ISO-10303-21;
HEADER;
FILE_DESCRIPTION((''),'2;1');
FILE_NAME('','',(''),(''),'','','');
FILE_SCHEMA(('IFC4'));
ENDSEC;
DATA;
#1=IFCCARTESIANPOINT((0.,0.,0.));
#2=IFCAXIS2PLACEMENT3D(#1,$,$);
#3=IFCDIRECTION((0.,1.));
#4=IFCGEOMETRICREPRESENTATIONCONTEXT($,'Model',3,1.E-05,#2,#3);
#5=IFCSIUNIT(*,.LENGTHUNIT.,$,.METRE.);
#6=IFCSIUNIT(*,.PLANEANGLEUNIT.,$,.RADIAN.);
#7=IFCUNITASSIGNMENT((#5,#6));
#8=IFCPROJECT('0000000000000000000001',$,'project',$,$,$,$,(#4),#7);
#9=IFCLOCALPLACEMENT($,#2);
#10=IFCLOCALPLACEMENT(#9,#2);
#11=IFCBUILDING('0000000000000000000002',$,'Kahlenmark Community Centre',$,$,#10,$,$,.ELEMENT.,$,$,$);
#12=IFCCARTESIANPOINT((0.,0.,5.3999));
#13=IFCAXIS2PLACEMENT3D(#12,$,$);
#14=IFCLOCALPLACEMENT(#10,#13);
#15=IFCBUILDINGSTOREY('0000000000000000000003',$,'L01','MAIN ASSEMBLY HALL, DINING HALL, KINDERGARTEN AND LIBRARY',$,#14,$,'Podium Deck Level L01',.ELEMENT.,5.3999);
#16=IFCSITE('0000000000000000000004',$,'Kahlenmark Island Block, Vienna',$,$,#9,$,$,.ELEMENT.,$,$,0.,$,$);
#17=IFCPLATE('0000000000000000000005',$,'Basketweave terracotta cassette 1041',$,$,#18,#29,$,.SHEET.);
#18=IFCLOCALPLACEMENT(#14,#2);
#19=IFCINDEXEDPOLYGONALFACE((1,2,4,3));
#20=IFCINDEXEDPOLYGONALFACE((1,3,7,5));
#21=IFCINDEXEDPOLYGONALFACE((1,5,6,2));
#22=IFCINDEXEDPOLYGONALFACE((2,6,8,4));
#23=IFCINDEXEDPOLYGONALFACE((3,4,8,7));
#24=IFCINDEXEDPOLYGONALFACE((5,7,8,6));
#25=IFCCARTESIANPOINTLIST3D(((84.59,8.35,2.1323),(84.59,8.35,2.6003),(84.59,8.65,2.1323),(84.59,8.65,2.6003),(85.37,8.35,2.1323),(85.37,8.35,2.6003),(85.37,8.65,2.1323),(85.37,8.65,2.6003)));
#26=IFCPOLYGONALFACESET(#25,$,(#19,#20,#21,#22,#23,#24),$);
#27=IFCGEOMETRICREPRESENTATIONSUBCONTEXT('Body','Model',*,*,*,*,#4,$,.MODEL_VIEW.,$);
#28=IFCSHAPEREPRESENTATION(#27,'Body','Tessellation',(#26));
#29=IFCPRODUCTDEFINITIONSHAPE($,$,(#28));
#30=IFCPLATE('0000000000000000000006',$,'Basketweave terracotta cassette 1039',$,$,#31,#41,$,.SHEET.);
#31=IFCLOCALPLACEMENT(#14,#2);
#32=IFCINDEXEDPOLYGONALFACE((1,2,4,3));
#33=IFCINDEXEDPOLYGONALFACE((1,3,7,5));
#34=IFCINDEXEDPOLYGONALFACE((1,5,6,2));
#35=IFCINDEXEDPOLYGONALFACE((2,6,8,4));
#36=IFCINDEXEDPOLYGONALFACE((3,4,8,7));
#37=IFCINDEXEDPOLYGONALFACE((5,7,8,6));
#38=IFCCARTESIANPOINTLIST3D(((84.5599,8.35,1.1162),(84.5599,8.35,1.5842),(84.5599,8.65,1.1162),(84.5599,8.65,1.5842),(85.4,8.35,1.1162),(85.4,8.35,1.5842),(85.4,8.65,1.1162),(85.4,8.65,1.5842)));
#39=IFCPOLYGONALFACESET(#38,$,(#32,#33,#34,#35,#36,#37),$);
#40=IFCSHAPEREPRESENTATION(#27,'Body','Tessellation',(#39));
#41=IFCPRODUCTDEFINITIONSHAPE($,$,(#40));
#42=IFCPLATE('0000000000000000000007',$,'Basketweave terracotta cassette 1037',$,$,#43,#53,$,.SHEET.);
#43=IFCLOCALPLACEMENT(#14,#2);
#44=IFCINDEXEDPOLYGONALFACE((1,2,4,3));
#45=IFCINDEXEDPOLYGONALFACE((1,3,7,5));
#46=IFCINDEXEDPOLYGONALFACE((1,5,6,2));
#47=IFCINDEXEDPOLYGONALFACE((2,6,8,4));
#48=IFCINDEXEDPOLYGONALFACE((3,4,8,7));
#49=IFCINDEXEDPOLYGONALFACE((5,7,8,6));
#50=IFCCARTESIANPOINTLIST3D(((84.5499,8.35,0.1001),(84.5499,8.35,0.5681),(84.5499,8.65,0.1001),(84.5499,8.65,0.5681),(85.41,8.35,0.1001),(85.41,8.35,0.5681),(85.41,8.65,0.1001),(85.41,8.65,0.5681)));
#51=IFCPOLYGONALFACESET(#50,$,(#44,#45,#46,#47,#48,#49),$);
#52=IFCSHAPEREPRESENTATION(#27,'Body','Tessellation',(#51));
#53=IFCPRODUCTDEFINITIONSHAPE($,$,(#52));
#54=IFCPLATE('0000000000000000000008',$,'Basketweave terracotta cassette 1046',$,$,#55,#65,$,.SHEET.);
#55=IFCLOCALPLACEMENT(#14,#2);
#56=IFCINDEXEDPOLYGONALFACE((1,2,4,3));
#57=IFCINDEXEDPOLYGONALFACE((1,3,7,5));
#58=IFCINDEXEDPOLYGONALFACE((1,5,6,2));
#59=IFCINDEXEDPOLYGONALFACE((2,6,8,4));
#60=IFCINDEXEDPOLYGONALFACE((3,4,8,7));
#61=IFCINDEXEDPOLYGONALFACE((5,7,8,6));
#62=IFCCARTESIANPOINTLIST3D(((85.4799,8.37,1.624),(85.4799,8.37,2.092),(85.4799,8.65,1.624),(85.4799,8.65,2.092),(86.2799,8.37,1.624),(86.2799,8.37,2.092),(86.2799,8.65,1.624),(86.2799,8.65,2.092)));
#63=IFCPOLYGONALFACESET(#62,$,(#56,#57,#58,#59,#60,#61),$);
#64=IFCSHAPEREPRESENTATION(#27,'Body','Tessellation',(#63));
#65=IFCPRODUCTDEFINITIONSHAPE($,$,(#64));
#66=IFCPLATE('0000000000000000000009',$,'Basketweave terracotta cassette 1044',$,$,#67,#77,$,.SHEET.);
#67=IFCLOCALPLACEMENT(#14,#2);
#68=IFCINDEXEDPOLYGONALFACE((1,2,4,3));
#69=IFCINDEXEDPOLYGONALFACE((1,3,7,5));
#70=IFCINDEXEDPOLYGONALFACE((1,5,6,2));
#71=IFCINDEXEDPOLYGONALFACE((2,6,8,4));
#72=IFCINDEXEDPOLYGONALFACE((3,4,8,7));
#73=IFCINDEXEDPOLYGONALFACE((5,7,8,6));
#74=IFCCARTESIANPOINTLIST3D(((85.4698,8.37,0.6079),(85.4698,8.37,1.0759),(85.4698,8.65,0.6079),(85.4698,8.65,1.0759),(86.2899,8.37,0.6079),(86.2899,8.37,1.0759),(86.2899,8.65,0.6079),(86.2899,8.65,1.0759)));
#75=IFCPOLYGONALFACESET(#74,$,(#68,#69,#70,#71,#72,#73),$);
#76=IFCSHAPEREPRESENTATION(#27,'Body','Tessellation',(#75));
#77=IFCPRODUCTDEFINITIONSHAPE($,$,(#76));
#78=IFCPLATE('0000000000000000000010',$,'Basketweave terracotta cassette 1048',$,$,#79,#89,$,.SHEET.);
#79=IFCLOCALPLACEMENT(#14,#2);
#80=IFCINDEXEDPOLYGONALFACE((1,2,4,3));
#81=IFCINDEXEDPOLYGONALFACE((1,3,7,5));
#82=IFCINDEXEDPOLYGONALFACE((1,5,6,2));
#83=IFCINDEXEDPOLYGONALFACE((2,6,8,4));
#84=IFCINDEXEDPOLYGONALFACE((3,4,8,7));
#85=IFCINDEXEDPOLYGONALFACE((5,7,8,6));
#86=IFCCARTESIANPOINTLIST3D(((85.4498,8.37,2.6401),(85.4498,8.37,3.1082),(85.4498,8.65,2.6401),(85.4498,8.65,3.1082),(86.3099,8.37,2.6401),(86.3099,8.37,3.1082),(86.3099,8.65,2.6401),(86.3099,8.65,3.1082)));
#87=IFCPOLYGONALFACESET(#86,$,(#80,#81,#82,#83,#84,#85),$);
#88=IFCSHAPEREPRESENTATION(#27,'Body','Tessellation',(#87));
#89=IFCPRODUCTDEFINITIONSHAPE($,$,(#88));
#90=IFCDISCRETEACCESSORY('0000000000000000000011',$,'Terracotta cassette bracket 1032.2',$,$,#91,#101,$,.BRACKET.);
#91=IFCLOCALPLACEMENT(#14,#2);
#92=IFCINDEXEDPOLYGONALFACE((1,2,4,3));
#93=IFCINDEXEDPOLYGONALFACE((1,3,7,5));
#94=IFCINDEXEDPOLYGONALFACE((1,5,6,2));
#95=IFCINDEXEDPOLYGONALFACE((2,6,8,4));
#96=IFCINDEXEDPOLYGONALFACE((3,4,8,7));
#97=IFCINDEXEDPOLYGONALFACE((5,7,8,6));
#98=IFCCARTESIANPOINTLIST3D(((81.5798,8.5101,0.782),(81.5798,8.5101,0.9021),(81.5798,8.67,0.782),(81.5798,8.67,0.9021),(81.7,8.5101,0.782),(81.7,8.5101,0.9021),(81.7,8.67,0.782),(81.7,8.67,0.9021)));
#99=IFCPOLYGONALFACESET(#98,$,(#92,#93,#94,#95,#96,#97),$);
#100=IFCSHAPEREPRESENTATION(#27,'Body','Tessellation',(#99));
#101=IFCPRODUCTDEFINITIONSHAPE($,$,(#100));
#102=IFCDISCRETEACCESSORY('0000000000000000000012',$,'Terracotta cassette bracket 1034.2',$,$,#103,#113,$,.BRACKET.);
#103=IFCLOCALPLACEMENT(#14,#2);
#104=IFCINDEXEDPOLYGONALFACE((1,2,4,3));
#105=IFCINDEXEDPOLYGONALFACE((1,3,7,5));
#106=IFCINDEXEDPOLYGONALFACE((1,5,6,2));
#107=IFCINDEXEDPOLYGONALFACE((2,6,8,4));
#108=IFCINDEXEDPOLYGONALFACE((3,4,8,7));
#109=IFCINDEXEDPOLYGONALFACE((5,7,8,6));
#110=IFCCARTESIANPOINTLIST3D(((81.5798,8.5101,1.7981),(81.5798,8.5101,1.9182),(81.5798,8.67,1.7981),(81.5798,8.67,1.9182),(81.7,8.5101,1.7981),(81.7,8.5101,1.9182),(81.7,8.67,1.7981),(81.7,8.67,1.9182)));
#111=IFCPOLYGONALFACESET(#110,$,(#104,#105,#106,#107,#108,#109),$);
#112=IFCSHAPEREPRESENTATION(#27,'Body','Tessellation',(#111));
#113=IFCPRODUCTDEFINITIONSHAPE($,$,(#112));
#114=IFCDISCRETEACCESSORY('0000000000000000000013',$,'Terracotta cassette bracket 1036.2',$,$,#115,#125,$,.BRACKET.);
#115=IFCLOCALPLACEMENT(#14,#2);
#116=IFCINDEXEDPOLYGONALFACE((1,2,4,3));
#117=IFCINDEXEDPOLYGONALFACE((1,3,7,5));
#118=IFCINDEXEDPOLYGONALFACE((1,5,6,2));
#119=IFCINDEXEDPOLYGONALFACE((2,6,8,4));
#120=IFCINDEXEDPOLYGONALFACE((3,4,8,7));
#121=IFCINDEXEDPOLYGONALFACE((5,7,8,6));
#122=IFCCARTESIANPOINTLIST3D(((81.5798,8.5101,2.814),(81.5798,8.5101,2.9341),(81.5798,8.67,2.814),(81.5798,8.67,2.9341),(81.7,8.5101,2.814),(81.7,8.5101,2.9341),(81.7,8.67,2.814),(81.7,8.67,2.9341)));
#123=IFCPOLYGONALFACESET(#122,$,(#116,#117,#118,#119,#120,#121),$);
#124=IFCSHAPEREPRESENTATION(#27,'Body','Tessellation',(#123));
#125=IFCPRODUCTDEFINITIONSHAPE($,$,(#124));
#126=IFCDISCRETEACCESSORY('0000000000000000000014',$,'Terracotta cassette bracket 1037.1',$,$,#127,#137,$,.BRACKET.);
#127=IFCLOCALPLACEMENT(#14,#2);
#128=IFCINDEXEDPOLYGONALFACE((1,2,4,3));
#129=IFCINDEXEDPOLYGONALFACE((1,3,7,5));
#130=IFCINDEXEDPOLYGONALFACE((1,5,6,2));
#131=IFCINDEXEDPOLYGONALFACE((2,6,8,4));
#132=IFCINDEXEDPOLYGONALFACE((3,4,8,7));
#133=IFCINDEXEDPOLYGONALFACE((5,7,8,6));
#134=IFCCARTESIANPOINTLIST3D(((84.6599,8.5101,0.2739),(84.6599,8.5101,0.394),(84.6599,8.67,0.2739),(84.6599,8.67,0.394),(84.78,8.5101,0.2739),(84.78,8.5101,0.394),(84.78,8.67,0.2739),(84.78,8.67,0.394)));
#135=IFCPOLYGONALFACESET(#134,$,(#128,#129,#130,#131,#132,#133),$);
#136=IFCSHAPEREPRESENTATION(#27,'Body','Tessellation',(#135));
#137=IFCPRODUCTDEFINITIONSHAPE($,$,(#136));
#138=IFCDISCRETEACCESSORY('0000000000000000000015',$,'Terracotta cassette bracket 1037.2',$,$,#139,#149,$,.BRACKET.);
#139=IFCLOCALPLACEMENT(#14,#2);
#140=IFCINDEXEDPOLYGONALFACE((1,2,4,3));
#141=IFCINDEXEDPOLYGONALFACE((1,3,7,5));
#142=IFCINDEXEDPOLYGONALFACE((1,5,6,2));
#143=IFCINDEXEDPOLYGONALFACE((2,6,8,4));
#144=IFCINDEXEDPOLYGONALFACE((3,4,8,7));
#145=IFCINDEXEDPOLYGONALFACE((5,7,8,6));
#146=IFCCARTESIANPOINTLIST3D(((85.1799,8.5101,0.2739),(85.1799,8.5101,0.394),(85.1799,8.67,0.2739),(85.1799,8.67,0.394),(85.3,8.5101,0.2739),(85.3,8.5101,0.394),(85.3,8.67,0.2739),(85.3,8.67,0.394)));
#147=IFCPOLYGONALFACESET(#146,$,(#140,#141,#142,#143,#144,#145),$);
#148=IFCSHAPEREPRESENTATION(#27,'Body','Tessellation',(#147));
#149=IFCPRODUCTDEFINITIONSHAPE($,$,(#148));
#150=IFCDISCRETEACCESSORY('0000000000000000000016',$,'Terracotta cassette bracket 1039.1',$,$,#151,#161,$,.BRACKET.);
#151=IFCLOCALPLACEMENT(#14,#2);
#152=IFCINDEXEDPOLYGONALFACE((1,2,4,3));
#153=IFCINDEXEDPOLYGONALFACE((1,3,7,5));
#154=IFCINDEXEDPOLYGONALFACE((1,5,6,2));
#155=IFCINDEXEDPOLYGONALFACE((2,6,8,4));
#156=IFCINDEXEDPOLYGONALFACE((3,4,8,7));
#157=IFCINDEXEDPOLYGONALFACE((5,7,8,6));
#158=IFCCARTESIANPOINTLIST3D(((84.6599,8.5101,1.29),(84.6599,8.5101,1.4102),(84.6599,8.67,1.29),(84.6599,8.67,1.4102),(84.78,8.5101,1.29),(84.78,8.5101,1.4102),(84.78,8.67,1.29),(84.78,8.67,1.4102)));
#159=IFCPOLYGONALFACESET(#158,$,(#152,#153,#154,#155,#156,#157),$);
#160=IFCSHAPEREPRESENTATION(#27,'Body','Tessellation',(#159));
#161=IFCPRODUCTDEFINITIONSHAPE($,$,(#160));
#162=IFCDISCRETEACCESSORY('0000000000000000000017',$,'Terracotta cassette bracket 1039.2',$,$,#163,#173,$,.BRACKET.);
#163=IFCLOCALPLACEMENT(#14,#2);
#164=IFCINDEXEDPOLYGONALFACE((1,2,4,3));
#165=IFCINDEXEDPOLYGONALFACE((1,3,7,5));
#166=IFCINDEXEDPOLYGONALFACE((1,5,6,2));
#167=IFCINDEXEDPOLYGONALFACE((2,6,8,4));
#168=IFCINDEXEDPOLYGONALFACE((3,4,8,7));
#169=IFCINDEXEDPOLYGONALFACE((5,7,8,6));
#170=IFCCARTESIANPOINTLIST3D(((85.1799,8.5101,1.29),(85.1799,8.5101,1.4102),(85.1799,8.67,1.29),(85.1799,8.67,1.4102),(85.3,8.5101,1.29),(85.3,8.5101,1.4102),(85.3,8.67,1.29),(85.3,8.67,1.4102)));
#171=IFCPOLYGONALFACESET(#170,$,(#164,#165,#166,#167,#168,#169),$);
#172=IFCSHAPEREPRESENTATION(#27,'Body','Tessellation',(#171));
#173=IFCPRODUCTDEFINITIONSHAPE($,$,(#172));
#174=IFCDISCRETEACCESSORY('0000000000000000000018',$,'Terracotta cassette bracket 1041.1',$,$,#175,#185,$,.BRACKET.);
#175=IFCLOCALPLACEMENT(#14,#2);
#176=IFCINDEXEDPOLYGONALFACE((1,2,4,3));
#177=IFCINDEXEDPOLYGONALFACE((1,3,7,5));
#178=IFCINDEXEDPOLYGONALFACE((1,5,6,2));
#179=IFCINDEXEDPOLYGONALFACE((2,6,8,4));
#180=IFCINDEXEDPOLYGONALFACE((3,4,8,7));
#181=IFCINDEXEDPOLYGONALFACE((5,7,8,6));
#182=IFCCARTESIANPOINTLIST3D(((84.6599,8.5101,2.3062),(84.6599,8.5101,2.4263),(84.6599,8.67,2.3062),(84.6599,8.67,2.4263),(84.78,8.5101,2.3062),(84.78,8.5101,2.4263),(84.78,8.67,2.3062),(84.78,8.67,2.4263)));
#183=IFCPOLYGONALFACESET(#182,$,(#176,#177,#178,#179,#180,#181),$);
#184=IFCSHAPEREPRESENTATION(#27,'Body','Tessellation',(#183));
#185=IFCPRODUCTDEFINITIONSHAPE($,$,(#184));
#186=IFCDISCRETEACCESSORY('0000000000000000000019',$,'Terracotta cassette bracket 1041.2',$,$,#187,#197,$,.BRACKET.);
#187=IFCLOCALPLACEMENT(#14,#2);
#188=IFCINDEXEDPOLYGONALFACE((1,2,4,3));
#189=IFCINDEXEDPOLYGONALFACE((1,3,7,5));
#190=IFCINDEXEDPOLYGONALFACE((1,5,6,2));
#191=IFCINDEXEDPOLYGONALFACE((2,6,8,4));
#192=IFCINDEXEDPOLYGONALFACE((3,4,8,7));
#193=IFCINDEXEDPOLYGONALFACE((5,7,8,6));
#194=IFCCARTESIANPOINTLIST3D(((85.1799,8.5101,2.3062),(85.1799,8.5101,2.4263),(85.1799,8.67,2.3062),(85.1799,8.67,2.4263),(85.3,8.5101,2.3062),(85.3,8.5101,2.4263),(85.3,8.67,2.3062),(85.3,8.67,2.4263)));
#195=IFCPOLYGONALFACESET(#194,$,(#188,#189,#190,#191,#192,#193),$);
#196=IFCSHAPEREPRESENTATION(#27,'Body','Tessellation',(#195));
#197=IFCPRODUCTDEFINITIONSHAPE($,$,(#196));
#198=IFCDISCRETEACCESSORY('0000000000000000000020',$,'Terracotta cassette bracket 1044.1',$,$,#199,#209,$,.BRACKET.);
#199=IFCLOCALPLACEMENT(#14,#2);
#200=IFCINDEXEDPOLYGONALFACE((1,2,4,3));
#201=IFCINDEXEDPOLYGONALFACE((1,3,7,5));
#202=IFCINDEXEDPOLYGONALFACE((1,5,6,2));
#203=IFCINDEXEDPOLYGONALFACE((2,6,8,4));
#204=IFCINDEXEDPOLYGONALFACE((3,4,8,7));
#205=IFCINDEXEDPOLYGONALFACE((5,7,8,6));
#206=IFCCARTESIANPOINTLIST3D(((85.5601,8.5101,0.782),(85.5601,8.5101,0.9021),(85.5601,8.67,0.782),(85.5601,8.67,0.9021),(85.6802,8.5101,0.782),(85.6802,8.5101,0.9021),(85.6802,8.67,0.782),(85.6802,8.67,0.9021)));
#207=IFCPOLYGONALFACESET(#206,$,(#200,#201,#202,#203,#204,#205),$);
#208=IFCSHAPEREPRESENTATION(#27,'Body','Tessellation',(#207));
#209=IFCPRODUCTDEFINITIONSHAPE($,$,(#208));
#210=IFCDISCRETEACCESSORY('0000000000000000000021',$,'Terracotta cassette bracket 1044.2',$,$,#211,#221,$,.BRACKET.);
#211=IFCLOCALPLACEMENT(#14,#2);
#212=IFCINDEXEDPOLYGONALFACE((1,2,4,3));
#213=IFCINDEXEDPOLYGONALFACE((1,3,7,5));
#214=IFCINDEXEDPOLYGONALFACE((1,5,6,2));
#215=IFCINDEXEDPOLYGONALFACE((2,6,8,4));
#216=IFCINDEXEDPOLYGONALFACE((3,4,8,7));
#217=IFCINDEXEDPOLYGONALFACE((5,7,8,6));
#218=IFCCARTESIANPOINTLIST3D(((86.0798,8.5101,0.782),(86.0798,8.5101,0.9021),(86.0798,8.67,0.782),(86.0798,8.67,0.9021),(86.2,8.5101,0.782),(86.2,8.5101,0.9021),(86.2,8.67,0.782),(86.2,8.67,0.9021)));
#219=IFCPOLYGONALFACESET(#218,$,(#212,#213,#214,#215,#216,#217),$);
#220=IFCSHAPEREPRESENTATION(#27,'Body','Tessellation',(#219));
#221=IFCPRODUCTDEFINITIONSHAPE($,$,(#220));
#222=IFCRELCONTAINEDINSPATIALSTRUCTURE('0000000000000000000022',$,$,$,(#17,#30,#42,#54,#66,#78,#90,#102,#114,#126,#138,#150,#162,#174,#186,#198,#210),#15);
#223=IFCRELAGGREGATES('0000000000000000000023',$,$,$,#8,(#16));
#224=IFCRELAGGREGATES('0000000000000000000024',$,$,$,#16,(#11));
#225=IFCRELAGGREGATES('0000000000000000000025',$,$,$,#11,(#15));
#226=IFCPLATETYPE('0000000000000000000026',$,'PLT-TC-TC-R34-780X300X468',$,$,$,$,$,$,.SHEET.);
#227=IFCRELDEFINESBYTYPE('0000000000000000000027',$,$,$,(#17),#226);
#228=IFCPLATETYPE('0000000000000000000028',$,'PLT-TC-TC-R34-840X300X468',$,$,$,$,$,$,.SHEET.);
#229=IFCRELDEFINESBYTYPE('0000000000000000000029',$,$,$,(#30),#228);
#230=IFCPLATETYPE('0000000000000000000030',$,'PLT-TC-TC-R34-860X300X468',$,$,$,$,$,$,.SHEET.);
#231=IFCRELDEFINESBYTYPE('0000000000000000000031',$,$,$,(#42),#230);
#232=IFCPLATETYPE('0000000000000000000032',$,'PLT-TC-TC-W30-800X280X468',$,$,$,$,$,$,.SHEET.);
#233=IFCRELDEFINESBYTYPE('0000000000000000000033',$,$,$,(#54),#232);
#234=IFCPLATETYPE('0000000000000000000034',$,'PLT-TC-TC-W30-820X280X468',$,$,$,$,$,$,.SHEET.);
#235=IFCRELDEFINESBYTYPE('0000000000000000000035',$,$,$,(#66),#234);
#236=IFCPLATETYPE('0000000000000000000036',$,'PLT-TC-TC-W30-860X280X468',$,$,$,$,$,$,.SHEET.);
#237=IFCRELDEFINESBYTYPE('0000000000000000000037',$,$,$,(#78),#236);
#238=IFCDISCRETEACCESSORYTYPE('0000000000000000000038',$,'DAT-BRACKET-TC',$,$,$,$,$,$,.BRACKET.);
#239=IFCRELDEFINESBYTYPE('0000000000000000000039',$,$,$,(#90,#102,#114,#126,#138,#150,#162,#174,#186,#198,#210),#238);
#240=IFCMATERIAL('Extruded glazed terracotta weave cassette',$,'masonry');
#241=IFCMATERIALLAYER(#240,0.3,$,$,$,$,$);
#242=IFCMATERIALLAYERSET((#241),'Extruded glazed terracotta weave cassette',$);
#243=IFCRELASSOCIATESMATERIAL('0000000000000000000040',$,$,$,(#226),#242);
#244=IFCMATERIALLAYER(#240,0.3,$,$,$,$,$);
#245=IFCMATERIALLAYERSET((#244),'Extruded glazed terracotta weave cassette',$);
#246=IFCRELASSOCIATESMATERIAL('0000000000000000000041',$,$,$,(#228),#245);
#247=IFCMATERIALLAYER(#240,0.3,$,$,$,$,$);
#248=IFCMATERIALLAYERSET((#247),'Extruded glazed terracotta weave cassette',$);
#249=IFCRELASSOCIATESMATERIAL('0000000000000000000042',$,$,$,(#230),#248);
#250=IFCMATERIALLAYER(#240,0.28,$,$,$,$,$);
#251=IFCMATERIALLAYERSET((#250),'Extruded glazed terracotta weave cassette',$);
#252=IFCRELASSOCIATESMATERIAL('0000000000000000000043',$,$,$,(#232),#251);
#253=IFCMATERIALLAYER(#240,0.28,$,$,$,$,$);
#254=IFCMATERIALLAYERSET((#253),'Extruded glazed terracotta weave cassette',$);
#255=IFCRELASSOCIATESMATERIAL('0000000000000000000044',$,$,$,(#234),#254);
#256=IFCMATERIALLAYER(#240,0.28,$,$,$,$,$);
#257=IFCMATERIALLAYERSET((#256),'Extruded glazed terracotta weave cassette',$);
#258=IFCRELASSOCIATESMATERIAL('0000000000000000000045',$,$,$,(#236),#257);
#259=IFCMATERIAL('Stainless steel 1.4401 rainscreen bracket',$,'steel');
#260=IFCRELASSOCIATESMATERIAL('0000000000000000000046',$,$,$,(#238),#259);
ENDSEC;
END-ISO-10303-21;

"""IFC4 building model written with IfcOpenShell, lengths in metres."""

from ifc_helpers import new_model, si_unit, direction, frame, origin, origin_2d, place, context, subcontext, project, spatial, rectangle, extrude, material, layer, layer_set, type_object, element, save


model = new_model("IFC4")

# Units and contexts
model_context = context("Model", 3, precision=1e-05, world=origin(), true_north=direction((0.0, 1.0)))
body_context = subcontext(model_context, "Body", "Model", "MODEL_VIEW")
ifc_project = project(units=[si_unit("LENGTHUNIT", "METRE"), si_unit("PLANEANGLEUNIT", "RADIAN")], contexts=[model_context])

# Site, building, storey
site_placement = place(None, origin())
site = spatial("IfcSite", under=ifc_project, at=site_placement, Name="Kahlenmark Island Block, Vienna", CompositionType="ELEMENT", RefElevation=0.0)
building_placement = place(site_placement, origin())
building = spatial("IfcBuilding", under=site, at=building_placement, Name="Kahlenmark Community Centre", CompositionType="ELEMENT")
storey_placement = place(building_placement, frame((0.0, 0.0, 5.3999)))
storey = spatial("IfcBuildingStorey", under=building, at=storey_placement, Name="L01", Description="MAIN ASSEMBLY HALL, DINING HALL, KINDERGARTEN AND LIBRARY", LongName="Podium Deck Level L01", CompositionType="ELEMENT", Elevation=5.3999)

# Plates
ifc_material_1 = material(Name="Extruded glazed terracotta weave cassette", Category="masonry")
ifc_layer_1 = layer(ifc_material_1, 0.3)
ifc_layer_set_1 = layer_set([ifc_layer_1], Name="Extruded glazed terracotta weave cassette")
plate_type_1 = type_object("IfcPlateType", Name="PLT-TC-TC-R34-780X300X468", PredefinedType="SHEET", material=ifc_layer_set_1)
plate_1_placement = place(storey_placement, frame((84.98, 8.5, 2.1323), z_axis=(0.0, 0.0, 1.0), x_axis=(1.0, 0.0, 0.0)))
element("IfcPlate", 1, at=plate_1_placement, inside=storey, type_object=plate_type_1, Name="Basketweave terracotta cassette 1041", PredefinedType="SHEET", context=body_context, shape_type="SweptSolid", body=[
    extrude(rectangle(XDim=0.78, YDim=0.3, at=origin_2d()), origin(), (0.0, 0.0, 1.0), 0.468),
])
ifc_layer_2 = layer(ifc_material_1, 0.3)
ifc_layer_set_2 = layer_set([ifc_layer_2], Name="Extruded glazed terracotta weave cassette")
plate_type_2 = type_object("IfcPlateType", Name="PLT-TC-TC-R34-840X300X468", PredefinedType="SHEET", material=ifc_layer_set_2)
plate_2_placement = place(storey_placement, frame((84.98, 8.5, 1.1162), z_axis=(0.0, 0.0, 1.0), x_axis=(1.0, 0.0, 0.0)))
element("IfcPlate", 2, at=plate_2_placement, inside=storey, type_object=plate_type_2, Name="Basketweave terracotta cassette 1039", PredefinedType="SHEET", context=body_context, shape_type="SweptSolid", body=[
    extrude(rectangle(XDim=0.8401, YDim=0.3, at=origin_2d()), origin(), (0.0, 0.0, 1.0), 0.468),
])
ifc_layer_3 = layer(ifc_material_1, 0.3)
ifc_layer_set_3 = layer_set([ifc_layer_3], Name="Extruded glazed terracotta weave cassette")
plate_type_3 = type_object("IfcPlateType", Name="PLT-TC-TC-R34-860X300X468", PredefinedType="SHEET", material=ifc_layer_set_3)
plate_3_placement = place(storey_placement, frame((84.98, 8.5, 0.1001), z_axis=(0.0, 0.0, 1.0), x_axis=(1.0, 0.0, 0.0)))
element("IfcPlate", 3, at=plate_3_placement, inside=storey, type_object=plate_type_3, Name="Basketweave terracotta cassette 1037", PredefinedType="SHEET", context=body_context, shape_type="SweptSolid", body=[
    extrude(rectangle(XDim=0.8601, YDim=0.3, at=origin_2d()), origin(), (0.0, 0.0, 1.0), 0.468),
])
ifc_layer_4 = layer(ifc_material_1, 0.28)
ifc_layer_set_4 = layer_set([ifc_layer_4], Name="Extruded glazed terracotta weave cassette")
plate_type_4 = type_object("IfcPlateType", Name="PLT-TC-TC-W30-800X280X468", PredefinedType="SHEET", material=ifc_layer_set_4)
plate_4_placement = place(storey_placement, frame((85.8799, 8.51, 1.624), z_axis=(0.0, 0.0, 1.0), x_axis=(1.0, 0.0, 0.0)))
element("IfcPlate", 4, at=plate_4_placement, inside=storey, type_object=plate_type_4, Name="Basketweave terracotta cassette 1046", PredefinedType="SHEET", context=body_context, shape_type="SweptSolid", body=[
    extrude(rectangle(XDim=0.8, YDim=0.28, at=origin_2d()), origin(), (0.0, 0.0, 1.0), 0.468),
])
ifc_layer_5 = layer(ifc_material_1, 0.28)
ifc_layer_set_5 = layer_set([ifc_layer_5], Name="Extruded glazed terracotta weave cassette")
plate_type_5 = type_object("IfcPlateType", Name="PLT-TC-TC-W30-820X280X468", PredefinedType="SHEET", material=ifc_layer_set_5)
plate_5_placement = place(storey_placement, frame((85.8799, 8.51, 0.6079), z_axis=(0.0, 0.0, 1.0), x_axis=(1.0, 0.0, 0.0)))
element("IfcPlate", 5, at=plate_5_placement, inside=storey, type_object=plate_type_5, Name="Basketweave terracotta cassette 1044", PredefinedType="SHEET", context=body_context, shape_type="SweptSolid", body=[
    extrude(rectangle(XDim=0.8201, YDim=0.28, at=origin_2d()), origin(), (0.0, 0.0, 1.0), 0.468),
])
ifc_layer_6 = layer(ifc_material_1, 0.28)
ifc_layer_set_6 = layer_set([ifc_layer_6], Name="Extruded glazed terracotta weave cassette")
plate_type_6 = type_object("IfcPlateType", Name="PLT-TC-TC-W30-860X280X468", PredefinedType="SHEET", material=ifc_layer_set_6)
plate_6_placement = place(storey_placement, frame((85.8799, 8.51, 2.6401), z_axis=(0.0, 0.0, 1.0), x_axis=(1.0, 0.0, 0.0)))
element("IfcPlate", 6, at=plate_6_placement, inside=storey, type_object=plate_type_6, Name="Basketweave terracotta cassette 1048", PredefinedType="SHEET", context=body_context, shape_type="SweptSolid", body=[
    extrude(rectangle(XDim=0.8601, YDim=0.28, at=origin_2d()), origin(), (0.0, 0.0, 1.0), 0.468),
])

# Discrete accessories
ifc_material_2 = material(Name="Stainless steel 1.4401 rainscreen bracket", Category="steel")
discrete_accessory_type = type_object("IfcDiscreteAccessoryType", Name="DAT-BRACKET-TC", PredefinedType="BRACKET", material=ifc_material_2)
for number, where, z_axis, x_axis, name in (
    (7, (81.6399, 8.5901, 0.782), (0.0, 0.0, 1.0), (1.0, 0.0, 0.0), "Terracotta cassette bracket 1032.2"),
    (8, (81.6399, 8.5901, 1.7981), (0.0, 0.0, 1.0), (1.0, 0.0, 0.0), "Terracotta cassette bracket 1034.2"),
    (9, (81.6399, 8.5901, 2.814), (0.0, 0.0, 1.0), (1.0, 0.0, 0.0), "Terracotta cassette bracket 1036.2"),
    (10, (84.72, 8.5901, 0.2739), (0.0, 0.0, 1.0), (1.0, 0.0, 0.0), "Terracotta cassette bracket 1037.1"),
    (11, (85.24, 8.5901, 0.2739), (0.0, 0.0, 1.0), (1.0, 0.0, 0.0), "Terracotta cassette bracket 1037.2"),
    (12, (84.72, 8.5901, 1.29), (0.0, 0.0, 1.0), (1.0, 0.0, 0.0), "Terracotta cassette bracket 1039.1"),
    (13, (85.24, 8.5901, 1.29), (0.0, 0.0, 1.0), (1.0, 0.0, 0.0), "Terracotta cassette bracket 1039.2"),
    (14, (84.72, 8.5901, 2.3062), (0.0, 0.0, 1.0), (1.0, 0.0, 0.0), "Terracotta cassette bracket 1041.1"),
    (15, (85.24, 8.5901, 2.3062), (0.0, 0.0, 1.0), (1.0, 0.0, 0.0), "Terracotta cassette bracket 1041.2"),
    (16, (85.6201, 8.5901, 0.782), (0.0, 0.0, 1.0), (1.0, 0.0, 0.0), "Terracotta cassette bracket 1044.1"),
    (17, (86.1399, 8.5901, 0.782), (0.0, 0.0, 1.0), (1.0, 0.0, 0.0), "Terracotta cassette bracket 1044.2"),
):
    element("IfcDiscreteAccessory", number, at=place(storey_placement, frame(where, z_axis=z_axis, x_axis=x_axis)), inside=storey, type_object=discrete_accessory_type, Name=name, PredefinedType="BRACKET", context=body_context, shape_type="SweptSolid", body=[
        extrude(rectangle(XDim=0.1201, YDim=0.1599, at=origin_2d()), origin(), (0.0, 0.0, 1.0), 0.1201),
    ])

save(model, "model.ifc")
